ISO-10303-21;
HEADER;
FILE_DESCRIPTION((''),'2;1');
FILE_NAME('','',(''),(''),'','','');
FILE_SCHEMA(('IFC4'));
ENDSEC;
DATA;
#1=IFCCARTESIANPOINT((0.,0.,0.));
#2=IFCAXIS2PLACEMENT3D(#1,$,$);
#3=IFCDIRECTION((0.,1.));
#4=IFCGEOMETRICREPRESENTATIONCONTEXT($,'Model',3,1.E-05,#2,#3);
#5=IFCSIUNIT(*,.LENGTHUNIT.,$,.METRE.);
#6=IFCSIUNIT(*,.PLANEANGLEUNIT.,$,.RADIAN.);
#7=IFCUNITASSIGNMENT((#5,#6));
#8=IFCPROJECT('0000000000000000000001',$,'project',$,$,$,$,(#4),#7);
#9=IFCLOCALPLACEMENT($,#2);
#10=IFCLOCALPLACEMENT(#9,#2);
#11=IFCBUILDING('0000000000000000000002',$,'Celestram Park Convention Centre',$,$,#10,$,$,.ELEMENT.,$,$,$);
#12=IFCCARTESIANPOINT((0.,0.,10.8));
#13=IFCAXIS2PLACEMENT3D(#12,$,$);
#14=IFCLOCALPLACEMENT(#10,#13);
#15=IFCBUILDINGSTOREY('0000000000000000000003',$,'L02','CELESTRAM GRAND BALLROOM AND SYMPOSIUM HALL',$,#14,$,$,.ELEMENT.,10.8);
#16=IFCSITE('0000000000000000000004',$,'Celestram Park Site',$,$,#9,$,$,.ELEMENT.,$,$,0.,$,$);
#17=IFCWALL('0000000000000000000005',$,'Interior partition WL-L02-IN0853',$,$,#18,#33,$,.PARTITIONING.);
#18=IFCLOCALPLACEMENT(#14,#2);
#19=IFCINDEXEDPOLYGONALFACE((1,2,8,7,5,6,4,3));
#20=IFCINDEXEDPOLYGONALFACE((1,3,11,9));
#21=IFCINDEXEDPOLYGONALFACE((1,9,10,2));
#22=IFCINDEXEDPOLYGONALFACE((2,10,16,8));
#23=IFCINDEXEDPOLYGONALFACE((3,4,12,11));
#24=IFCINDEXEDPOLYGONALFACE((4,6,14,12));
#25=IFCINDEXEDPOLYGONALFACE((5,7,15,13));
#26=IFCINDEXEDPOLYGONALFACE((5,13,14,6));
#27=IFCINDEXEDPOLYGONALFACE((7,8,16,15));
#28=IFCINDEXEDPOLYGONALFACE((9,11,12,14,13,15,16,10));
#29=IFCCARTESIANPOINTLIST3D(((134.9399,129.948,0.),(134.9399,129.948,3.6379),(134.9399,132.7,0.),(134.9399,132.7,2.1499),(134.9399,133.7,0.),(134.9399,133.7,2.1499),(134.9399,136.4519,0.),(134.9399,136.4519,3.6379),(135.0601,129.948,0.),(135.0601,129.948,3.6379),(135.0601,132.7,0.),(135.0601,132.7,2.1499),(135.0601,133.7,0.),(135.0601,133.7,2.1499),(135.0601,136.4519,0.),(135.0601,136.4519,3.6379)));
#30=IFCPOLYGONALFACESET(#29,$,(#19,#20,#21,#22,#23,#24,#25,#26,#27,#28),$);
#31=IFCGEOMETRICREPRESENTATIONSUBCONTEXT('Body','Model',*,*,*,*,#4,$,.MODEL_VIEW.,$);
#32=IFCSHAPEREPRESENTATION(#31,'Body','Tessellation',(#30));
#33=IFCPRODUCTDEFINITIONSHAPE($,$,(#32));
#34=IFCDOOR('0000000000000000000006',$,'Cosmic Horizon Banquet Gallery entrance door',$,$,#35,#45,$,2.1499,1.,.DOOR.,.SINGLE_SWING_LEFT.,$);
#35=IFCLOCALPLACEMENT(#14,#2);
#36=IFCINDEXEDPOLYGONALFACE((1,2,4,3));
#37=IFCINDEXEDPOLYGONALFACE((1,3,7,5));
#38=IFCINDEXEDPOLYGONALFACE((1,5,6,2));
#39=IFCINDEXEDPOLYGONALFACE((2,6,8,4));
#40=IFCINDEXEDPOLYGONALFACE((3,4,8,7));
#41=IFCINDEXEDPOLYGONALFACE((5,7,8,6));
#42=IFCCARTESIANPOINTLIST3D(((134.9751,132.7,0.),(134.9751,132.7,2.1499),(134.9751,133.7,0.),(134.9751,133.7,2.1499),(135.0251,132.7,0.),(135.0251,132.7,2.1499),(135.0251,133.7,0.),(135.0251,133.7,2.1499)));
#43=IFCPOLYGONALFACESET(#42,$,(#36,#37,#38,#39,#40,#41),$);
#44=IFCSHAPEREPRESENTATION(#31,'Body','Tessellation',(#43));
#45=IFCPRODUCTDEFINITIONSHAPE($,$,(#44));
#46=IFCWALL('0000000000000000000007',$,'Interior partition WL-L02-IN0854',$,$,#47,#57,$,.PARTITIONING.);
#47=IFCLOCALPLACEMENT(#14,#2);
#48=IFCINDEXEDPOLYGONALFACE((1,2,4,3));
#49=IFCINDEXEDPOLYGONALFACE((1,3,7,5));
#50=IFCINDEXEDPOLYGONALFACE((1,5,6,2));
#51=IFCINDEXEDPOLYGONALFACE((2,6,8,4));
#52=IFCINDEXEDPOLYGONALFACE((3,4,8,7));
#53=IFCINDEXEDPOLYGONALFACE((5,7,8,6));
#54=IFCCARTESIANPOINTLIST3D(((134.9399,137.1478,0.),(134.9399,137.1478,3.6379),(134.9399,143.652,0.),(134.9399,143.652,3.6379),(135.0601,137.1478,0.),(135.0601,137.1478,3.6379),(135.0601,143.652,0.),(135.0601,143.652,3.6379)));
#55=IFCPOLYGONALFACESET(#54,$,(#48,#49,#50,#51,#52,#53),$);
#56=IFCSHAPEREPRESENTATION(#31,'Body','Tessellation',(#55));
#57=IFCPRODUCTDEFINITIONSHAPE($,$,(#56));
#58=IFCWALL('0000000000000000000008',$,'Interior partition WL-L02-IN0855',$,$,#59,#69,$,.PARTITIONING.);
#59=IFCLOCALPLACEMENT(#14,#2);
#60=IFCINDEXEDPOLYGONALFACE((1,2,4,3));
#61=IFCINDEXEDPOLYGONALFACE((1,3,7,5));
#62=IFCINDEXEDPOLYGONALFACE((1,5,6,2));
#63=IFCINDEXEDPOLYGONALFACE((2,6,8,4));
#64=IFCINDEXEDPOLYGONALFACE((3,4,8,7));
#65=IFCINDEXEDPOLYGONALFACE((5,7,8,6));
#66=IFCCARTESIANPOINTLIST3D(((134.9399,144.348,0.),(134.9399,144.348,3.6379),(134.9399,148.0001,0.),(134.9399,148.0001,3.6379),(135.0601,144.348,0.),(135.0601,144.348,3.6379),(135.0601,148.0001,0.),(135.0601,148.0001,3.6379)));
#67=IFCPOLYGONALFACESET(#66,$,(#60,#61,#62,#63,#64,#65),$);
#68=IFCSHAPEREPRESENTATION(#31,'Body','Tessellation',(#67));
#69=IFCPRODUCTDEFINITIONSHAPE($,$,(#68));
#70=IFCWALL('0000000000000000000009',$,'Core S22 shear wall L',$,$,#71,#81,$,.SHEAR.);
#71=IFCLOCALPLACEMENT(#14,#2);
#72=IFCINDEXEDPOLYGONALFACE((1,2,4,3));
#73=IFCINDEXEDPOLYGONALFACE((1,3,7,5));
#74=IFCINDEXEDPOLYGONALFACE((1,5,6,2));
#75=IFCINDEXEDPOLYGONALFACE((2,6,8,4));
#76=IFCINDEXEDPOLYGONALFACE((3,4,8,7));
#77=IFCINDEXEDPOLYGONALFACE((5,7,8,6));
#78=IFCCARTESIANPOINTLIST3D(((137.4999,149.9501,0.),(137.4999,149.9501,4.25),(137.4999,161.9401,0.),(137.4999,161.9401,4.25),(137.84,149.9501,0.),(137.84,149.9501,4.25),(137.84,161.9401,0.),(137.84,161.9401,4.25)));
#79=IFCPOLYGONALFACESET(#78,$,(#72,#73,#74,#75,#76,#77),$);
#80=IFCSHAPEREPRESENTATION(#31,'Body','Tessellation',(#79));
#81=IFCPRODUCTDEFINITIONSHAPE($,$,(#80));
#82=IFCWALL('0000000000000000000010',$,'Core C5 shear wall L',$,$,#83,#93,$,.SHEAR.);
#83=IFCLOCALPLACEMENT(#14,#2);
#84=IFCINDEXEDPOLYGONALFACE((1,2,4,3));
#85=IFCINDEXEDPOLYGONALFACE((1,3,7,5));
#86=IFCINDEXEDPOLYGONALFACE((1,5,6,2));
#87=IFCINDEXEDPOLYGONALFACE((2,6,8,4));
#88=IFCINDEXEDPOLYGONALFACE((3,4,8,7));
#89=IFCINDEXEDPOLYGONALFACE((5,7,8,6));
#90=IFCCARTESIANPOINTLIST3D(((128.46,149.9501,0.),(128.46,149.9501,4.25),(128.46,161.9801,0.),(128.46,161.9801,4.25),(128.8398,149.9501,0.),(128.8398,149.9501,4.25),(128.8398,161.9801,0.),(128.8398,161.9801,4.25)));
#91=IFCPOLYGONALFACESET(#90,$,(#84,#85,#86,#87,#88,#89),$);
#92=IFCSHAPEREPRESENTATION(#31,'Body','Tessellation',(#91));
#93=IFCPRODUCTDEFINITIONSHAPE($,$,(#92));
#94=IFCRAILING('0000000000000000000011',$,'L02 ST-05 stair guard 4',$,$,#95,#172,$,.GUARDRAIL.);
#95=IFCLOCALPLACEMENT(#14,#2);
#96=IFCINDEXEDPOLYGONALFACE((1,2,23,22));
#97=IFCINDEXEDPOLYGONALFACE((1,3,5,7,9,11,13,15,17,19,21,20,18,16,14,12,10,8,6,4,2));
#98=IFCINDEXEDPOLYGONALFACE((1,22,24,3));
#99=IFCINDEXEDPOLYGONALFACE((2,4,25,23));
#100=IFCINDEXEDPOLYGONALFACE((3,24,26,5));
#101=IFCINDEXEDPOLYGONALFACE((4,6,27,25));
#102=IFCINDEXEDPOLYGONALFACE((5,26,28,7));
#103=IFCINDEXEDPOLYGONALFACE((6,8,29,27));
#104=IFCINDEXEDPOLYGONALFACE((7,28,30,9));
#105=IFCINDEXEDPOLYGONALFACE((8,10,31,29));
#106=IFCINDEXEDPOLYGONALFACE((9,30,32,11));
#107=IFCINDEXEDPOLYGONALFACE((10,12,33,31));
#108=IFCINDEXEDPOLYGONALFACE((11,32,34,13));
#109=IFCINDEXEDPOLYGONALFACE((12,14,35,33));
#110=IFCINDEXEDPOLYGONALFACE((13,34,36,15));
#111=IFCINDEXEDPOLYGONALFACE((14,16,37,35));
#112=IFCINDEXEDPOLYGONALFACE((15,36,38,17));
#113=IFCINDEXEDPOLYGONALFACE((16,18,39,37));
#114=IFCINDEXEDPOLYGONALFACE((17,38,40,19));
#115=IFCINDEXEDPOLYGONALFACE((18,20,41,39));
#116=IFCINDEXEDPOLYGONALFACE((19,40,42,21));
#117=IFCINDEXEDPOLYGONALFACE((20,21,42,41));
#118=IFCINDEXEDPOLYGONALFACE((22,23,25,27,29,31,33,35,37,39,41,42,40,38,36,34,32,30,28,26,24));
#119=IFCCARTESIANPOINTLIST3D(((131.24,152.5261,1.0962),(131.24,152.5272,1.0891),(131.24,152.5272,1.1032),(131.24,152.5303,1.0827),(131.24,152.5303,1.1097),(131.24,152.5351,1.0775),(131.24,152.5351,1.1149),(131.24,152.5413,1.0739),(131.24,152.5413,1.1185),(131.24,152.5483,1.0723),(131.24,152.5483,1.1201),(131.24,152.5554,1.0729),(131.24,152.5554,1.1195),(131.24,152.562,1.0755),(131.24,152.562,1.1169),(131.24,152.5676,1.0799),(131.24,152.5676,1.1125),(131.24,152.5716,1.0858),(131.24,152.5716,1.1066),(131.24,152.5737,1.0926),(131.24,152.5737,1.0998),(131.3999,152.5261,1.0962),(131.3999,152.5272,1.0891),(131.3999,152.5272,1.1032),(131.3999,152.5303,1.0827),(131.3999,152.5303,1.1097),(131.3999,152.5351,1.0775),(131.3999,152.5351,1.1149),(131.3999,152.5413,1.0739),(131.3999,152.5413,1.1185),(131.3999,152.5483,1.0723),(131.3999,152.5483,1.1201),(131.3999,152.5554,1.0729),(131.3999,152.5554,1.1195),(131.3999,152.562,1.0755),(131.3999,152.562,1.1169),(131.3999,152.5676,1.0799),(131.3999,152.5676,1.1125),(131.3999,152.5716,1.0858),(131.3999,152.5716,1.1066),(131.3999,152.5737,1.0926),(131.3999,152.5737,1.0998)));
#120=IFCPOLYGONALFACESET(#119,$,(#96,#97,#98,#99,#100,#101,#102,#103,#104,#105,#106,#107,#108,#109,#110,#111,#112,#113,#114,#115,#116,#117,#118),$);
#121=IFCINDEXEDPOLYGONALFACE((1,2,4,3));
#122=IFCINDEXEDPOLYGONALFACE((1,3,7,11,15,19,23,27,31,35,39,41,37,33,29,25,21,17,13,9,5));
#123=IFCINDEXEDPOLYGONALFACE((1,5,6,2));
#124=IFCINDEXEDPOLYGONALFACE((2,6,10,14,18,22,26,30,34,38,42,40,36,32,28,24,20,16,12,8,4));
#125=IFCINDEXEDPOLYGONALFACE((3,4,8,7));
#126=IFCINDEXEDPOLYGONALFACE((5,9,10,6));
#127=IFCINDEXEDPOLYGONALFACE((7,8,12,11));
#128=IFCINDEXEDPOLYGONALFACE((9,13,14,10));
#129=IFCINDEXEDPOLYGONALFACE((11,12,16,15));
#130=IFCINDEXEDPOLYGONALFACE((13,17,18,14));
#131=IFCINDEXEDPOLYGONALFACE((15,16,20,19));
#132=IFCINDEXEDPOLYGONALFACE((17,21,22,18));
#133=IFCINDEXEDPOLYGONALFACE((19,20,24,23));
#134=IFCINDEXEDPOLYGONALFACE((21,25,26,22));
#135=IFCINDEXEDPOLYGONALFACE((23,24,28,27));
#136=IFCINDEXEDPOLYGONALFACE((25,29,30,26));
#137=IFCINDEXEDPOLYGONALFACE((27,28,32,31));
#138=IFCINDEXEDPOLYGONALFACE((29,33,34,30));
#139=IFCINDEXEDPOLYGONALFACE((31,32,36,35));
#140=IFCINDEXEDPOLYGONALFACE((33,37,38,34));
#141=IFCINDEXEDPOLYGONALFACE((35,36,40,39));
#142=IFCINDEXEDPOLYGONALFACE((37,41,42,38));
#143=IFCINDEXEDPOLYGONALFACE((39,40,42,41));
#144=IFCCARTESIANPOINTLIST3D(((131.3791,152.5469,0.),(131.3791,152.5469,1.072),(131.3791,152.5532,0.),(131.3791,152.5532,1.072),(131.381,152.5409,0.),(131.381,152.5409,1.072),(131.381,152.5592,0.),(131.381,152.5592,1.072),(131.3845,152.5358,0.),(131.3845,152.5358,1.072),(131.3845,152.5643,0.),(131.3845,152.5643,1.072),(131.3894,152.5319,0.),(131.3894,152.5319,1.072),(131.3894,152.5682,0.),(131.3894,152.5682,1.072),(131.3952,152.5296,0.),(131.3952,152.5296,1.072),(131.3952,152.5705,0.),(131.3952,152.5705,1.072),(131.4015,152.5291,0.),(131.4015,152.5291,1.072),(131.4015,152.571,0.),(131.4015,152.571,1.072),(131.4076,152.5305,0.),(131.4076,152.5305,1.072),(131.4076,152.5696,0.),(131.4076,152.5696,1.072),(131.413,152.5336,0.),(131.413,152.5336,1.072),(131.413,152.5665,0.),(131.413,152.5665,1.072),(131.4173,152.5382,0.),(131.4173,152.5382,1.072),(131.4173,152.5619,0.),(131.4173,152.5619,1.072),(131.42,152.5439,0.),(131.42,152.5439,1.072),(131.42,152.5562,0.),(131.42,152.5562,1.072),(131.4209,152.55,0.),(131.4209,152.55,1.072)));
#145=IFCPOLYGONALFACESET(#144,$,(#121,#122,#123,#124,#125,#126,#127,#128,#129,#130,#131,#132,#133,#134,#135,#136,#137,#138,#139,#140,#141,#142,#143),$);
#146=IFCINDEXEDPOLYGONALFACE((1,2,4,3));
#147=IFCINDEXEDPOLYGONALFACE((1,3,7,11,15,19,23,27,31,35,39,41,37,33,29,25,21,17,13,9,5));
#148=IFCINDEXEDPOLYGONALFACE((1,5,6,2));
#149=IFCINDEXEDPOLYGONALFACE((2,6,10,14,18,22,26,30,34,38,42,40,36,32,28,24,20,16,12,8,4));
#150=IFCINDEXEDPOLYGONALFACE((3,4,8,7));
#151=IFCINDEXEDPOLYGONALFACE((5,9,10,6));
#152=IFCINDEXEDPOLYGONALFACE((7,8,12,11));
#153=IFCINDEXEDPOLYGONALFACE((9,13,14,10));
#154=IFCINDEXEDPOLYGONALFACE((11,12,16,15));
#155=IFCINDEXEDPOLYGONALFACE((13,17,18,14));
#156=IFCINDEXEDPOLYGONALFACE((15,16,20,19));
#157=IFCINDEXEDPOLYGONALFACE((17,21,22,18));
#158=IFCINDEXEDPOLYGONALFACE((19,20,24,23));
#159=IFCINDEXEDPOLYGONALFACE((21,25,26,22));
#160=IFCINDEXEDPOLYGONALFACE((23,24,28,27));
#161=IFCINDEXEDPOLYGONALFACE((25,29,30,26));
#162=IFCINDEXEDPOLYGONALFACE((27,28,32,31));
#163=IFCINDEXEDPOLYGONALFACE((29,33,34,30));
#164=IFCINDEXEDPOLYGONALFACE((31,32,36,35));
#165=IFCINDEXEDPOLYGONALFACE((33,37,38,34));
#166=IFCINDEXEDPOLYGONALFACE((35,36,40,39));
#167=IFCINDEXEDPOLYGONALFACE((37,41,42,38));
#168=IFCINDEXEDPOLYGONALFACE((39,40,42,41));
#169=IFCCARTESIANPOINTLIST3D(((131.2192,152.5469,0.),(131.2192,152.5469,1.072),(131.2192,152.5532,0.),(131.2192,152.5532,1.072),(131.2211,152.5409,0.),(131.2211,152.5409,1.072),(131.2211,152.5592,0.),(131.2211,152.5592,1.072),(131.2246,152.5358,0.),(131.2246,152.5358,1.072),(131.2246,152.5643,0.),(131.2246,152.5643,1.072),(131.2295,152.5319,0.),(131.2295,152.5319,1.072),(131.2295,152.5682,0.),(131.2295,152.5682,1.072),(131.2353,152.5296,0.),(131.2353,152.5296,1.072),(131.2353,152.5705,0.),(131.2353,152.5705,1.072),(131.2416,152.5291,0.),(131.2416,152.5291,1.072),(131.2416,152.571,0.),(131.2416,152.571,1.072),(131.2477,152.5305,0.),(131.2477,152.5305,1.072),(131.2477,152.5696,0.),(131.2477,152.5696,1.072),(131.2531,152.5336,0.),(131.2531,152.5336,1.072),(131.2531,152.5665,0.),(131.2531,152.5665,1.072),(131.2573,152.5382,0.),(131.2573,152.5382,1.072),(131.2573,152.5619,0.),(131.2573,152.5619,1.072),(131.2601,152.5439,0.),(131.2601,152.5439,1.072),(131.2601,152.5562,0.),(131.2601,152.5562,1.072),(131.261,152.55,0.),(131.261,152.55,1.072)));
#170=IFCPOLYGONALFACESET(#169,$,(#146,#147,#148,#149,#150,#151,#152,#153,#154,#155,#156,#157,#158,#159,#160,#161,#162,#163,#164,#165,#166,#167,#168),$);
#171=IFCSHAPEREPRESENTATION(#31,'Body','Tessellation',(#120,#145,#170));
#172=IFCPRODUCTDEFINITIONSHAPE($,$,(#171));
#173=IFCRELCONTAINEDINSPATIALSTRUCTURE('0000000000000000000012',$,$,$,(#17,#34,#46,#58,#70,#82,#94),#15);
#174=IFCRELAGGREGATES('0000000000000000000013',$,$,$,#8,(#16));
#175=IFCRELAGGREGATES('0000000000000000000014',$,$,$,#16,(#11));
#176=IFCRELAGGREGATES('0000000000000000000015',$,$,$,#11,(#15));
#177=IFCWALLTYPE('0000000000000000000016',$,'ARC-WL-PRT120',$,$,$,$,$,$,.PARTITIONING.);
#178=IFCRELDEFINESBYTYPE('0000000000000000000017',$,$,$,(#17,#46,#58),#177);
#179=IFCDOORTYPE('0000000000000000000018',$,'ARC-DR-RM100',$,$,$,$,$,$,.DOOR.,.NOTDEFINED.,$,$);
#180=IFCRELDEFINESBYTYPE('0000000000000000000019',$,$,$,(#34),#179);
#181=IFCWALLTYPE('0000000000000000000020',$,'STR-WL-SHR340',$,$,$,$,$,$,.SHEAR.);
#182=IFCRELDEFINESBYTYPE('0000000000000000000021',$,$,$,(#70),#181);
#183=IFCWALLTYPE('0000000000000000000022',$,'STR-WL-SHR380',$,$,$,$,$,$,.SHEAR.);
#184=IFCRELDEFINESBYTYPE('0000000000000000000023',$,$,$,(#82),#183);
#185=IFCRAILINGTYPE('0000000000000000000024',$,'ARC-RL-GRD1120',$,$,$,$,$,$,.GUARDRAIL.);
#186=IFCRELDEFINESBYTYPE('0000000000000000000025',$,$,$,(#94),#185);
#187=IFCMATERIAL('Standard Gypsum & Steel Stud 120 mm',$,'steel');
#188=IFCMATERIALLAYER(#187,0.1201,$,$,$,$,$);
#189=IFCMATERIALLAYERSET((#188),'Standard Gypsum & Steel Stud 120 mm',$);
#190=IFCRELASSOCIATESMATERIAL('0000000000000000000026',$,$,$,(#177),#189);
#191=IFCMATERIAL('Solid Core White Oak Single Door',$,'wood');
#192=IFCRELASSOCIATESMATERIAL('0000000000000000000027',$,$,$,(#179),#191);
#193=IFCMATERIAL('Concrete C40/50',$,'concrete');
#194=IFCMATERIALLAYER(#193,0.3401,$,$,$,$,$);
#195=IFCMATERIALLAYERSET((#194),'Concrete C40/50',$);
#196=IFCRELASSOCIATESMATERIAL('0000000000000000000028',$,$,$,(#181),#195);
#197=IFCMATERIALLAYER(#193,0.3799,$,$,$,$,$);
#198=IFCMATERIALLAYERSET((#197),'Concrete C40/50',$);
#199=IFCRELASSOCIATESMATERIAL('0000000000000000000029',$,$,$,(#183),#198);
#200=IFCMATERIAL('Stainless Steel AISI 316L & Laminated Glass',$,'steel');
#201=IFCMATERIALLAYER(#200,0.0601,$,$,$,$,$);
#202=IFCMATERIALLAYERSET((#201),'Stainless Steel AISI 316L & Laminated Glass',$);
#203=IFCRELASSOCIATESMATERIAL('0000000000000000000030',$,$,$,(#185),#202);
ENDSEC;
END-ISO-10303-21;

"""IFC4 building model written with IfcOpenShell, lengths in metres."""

from ifc_helpers import new_model, si_unit, direction, frame, frame_2d, origin, origin_2d, place, context, subcontext, project, spatial, rectangle, circle, extrude, material, layer, layer_set, type_object, element, fill, save


model = new_model("IFC4")

# Units and contexts
model_context = context("Model", 3, precision=1e-05, world=origin(), true_north=direction((0.0, 1.0)))
body_context = subcontext(model_context, "Body", "Model", "MODEL_VIEW")
ifc_project = project(units=[si_unit("LENGTHUNIT", "METRE"), si_unit("PLANEANGLEUNIT", "RADIAN")], contexts=[model_context])

# Site, building, storey
site_placement = place(None, origin())
site = spatial("IfcSite", under=ifc_project, at=site_placement, Name="Celestram Park Site", CompositionType="ELEMENT", RefElevation=0.0)
building_placement = place(site_placement, origin())
building = spatial("IfcBuilding", under=site, at=building_placement, Name="Celestram Park Convention Centre", CompositionType="ELEMENT")
storey_placement = place(building_placement, frame((0.0, 0.0, 10.8)))
storey = spatial("IfcBuildingStorey", under=building, at=storey_placement, Name="L02", Description="CELESTRAM GRAND BALLROOM AND SYMPOSIUM HALL", CompositionType="ELEMENT", Elevation=10.8)

# Shared definitions
ifc_material_1 = material(Name="Concrete C40/50", Category="concrete")

# Wall, opening, door
ifc_material_2 = material(Name="Standard Gypsum & Steel Stud 120 mm", Category="steel")
ifc_layer_1 = layer(ifc_material_2, 0.1201)
ifc_layer_set_1 = layer_set([ifc_layer_1], Name="Standard Gypsum & Steel Stud 120 mm")
wall_type_1 = type_object("IfcWallType", Name="ARC-WL-PRT120", PredefinedType="PARTITIONING", material=ifc_layer_set_1)
wall_1_placement = place(storey_placement, frame((135.0, 129.948, 0.0), z_axis=(0.0, 0.0, 1.0), x_axis=(0.0, 1.0, 0.0)))
wall_1 = element("IfcWall", 1, at=wall_1_placement, inside=storey, type_object=wall_type_1, Name="Interior partition WL-L02-IN0853", PredefinedType="PARTITIONING", context=body_context, shape_type="SweptSolid", body=[
    extrude(rectangle(XDim=6.5039, YDim=0.1201, at=frame_2d((3.252, 0.0))), origin(), (0.0, 0.0, 1.0), 3.6379),
])
opening_1_placement = place(wall_1_placement, frame((2.752, 0.0, 0.0)))
opening_1 = element("IfcOpeningElement", 2, at=opening_1_placement, cuts=wall_1, PredefinedType="OPENING", context=body_context, shape_type="SweptSolid", body=[
    extrude(rectangle(XDim=1.0, YDim=2.1499, at=frame_2d((0.5, 1.075))), frame((0.0, 0.0701, 0.0), z_axis=(0.0, -1.0, 0.0), x_axis=(1.0, 0.0, 0.0)), (0.0, 0.0, 1.0), 0.1401),
])
ifc_material_3 = material(Name="Solid Core White Oak Single Door", Category="wood")
door_type_1 = type_object("IfcDoorType", Name="ARC-DR-RM100", OperationType="NOTDEFINED", PredefinedType="DOOR", material=ifc_material_3)
door_1_placement = place(opening_1_placement, origin())
door_1 = element("IfcDoor", 3, at=door_1_placement, inside=storey, type_object=door_type_1, Name="Cosmic Horizon Banquet Gallery entrance door", OperationType="SINGLE_SWING_LEFT", OverallHeight=2.1499, OverallWidth=1.0, PredefinedType="DOOR", context=body_context, shape_type="SweptSolid", body=[
    extrude(rectangle(XDim=1.0, YDim=2.1499, at=frame_2d((0.5, 1.075))), frame((0.0, 0.0249, 0.0), z_axis=(0.0, -1.0, 0.0), x_axis=(1.0, 0.0, 0.0)), (0.0, 0.0, 1.0), 0.05),
])
fill(opening_1, door_1)

# Walls
wall_2_placement = place(storey_placement, frame((135.0, 137.1479, 0.0), z_axis=(0.0, 0.0, 1.0), x_axis=(0.0, 1.0, 0.0)))
element("IfcWall", 4, at=wall_2_placement, inside=storey, type_object=wall_type_1, Name="Interior partition WL-L02-IN0854", PredefinedType="PARTITIONING", context=body_context, shape_type="SweptSolid", body=[
    extrude(rectangle(XDim=6.5042, YDim=0.1201, at=frame_2d((3.252, 0.0))), origin(), (0.0, 0.0, 1.0), 3.6379),
])
wall_3_placement = place(storey_placement, frame((135.0, 144.3479, 0.0), z_axis=(0.0, 0.0, 1.0), x_axis=(0.0, 1.0, 0.0)))
element("IfcWall", 5, at=wall_3_placement, inside=storey, type_object=wall_type_1, Name="Interior partition WL-L02-IN0855", PredefinedType="PARTITIONING", context=body_context, shape_type="SweptSolid", body=[
    extrude(rectangle(XDim=3.6521, YDim=0.1201, at=frame_2d((1.8262, 0.0))), origin(), (0.0, 0.0, 1.0), 3.6379),
])
ifc_layer_2 = layer(ifc_material_1, 0.3401)
ifc_layer_set_2 = layer_set([ifc_layer_2], Name="Concrete C40/50")
wall_type_2 = type_object("IfcWallType", Name="STR-WL-SHR340", PredefinedType="SHEAR", material=ifc_layer_set_2)
wall_4_placement = place(storey_placement, frame((137.6699, 149.95, 0.0), z_axis=(0.0, 0.0, 1.0), x_axis=(0.0, 1.0, 0.0)))
element("IfcWall", 6, at=wall_4_placement, inside=storey, type_object=wall_type_2, Name="Core S22 shear wall L", PredefinedType="SHEAR", context=body_context, shape_type="SweptSolid", body=[
    extrude(rectangle(XDim=11.99, YDim=0.3401, at=frame_2d((5.9951, 0.0))), origin(), (0.0, 0.0, 1.0), 4.25),
])
ifc_layer_3 = layer(ifc_material_1, 0.3799)
ifc_layer_set_3 = layer_set([ifc_layer_3], Name="Concrete C40/50")
wall_type_3 = type_object("IfcWallType", Name="STR-WL-SHR380", PredefinedType="SHEAR", material=ifc_layer_set_3)
wall_5_placement = place(storey_placement, frame((128.6499, 149.95, 0.0), z_axis=(0.0, 0.0, 1.0), x_axis=(0.0, 1.0, 0.0)))
element("IfcWall", 7, at=wall_5_placement, inside=storey, type_object=wall_type_3, Name="Core C5 shear wall L", PredefinedType="SHEAR", context=body_context, shape_type="SweptSolid", body=[
    extrude(rectangle(XDim=12.03, YDim=0.3799, at=frame_2d((6.0151, 0.0))), origin(), (0.0, 0.0, 1.0), 4.25),
])

# Railing
ifc_material_4 = material(Name="Stainless Steel AISI 316L & Laminated Glass", Category="steel")
ifc_layer_4 = layer(ifc_material_4, 0.0601)
ifc_layer_set_4 = layer_set([ifc_layer_4], Name="Stainless Steel AISI 316L & Laminated Glass")
railing_type = type_object("IfcRailingType", Name="ARC-RL-GRD1120", PredefinedType="GUARDRAIL", material=ifc_layer_set_4)
railing_1_placement = place(storey_placement, frame((131.3999, 152.55, 0.0)))
element("IfcRailing", 8, at=railing_1_placement, inside=storey, type_object=railing_type, Name="L02 ST-05 stair guard 4", PredefinedType="GUARDRAIL", context=body_context, shape_type="SweptSolid", body=[
    extrude(circle(Radius=0.0239, at=origin_2d()), frame((0.0, 0.0, 1.0962), z_axis=(-1.0, 0.0, 0.0), x_axis=(0.0, -1.0, 0.0)), (0.0, 0.0, 1.0), 0.1599),
    extrude(circle(Radius=0.021, at=origin_2d()), origin(), (0.0, 0.0, 1.0), 1.072),
    extrude(circle(Radius=0.021, at=origin_2d()), frame((-0.1599, 0.0, 0.0)), (0.0, 0.0, 1.0), 1.072),
])

save(model, "model.ifc")
